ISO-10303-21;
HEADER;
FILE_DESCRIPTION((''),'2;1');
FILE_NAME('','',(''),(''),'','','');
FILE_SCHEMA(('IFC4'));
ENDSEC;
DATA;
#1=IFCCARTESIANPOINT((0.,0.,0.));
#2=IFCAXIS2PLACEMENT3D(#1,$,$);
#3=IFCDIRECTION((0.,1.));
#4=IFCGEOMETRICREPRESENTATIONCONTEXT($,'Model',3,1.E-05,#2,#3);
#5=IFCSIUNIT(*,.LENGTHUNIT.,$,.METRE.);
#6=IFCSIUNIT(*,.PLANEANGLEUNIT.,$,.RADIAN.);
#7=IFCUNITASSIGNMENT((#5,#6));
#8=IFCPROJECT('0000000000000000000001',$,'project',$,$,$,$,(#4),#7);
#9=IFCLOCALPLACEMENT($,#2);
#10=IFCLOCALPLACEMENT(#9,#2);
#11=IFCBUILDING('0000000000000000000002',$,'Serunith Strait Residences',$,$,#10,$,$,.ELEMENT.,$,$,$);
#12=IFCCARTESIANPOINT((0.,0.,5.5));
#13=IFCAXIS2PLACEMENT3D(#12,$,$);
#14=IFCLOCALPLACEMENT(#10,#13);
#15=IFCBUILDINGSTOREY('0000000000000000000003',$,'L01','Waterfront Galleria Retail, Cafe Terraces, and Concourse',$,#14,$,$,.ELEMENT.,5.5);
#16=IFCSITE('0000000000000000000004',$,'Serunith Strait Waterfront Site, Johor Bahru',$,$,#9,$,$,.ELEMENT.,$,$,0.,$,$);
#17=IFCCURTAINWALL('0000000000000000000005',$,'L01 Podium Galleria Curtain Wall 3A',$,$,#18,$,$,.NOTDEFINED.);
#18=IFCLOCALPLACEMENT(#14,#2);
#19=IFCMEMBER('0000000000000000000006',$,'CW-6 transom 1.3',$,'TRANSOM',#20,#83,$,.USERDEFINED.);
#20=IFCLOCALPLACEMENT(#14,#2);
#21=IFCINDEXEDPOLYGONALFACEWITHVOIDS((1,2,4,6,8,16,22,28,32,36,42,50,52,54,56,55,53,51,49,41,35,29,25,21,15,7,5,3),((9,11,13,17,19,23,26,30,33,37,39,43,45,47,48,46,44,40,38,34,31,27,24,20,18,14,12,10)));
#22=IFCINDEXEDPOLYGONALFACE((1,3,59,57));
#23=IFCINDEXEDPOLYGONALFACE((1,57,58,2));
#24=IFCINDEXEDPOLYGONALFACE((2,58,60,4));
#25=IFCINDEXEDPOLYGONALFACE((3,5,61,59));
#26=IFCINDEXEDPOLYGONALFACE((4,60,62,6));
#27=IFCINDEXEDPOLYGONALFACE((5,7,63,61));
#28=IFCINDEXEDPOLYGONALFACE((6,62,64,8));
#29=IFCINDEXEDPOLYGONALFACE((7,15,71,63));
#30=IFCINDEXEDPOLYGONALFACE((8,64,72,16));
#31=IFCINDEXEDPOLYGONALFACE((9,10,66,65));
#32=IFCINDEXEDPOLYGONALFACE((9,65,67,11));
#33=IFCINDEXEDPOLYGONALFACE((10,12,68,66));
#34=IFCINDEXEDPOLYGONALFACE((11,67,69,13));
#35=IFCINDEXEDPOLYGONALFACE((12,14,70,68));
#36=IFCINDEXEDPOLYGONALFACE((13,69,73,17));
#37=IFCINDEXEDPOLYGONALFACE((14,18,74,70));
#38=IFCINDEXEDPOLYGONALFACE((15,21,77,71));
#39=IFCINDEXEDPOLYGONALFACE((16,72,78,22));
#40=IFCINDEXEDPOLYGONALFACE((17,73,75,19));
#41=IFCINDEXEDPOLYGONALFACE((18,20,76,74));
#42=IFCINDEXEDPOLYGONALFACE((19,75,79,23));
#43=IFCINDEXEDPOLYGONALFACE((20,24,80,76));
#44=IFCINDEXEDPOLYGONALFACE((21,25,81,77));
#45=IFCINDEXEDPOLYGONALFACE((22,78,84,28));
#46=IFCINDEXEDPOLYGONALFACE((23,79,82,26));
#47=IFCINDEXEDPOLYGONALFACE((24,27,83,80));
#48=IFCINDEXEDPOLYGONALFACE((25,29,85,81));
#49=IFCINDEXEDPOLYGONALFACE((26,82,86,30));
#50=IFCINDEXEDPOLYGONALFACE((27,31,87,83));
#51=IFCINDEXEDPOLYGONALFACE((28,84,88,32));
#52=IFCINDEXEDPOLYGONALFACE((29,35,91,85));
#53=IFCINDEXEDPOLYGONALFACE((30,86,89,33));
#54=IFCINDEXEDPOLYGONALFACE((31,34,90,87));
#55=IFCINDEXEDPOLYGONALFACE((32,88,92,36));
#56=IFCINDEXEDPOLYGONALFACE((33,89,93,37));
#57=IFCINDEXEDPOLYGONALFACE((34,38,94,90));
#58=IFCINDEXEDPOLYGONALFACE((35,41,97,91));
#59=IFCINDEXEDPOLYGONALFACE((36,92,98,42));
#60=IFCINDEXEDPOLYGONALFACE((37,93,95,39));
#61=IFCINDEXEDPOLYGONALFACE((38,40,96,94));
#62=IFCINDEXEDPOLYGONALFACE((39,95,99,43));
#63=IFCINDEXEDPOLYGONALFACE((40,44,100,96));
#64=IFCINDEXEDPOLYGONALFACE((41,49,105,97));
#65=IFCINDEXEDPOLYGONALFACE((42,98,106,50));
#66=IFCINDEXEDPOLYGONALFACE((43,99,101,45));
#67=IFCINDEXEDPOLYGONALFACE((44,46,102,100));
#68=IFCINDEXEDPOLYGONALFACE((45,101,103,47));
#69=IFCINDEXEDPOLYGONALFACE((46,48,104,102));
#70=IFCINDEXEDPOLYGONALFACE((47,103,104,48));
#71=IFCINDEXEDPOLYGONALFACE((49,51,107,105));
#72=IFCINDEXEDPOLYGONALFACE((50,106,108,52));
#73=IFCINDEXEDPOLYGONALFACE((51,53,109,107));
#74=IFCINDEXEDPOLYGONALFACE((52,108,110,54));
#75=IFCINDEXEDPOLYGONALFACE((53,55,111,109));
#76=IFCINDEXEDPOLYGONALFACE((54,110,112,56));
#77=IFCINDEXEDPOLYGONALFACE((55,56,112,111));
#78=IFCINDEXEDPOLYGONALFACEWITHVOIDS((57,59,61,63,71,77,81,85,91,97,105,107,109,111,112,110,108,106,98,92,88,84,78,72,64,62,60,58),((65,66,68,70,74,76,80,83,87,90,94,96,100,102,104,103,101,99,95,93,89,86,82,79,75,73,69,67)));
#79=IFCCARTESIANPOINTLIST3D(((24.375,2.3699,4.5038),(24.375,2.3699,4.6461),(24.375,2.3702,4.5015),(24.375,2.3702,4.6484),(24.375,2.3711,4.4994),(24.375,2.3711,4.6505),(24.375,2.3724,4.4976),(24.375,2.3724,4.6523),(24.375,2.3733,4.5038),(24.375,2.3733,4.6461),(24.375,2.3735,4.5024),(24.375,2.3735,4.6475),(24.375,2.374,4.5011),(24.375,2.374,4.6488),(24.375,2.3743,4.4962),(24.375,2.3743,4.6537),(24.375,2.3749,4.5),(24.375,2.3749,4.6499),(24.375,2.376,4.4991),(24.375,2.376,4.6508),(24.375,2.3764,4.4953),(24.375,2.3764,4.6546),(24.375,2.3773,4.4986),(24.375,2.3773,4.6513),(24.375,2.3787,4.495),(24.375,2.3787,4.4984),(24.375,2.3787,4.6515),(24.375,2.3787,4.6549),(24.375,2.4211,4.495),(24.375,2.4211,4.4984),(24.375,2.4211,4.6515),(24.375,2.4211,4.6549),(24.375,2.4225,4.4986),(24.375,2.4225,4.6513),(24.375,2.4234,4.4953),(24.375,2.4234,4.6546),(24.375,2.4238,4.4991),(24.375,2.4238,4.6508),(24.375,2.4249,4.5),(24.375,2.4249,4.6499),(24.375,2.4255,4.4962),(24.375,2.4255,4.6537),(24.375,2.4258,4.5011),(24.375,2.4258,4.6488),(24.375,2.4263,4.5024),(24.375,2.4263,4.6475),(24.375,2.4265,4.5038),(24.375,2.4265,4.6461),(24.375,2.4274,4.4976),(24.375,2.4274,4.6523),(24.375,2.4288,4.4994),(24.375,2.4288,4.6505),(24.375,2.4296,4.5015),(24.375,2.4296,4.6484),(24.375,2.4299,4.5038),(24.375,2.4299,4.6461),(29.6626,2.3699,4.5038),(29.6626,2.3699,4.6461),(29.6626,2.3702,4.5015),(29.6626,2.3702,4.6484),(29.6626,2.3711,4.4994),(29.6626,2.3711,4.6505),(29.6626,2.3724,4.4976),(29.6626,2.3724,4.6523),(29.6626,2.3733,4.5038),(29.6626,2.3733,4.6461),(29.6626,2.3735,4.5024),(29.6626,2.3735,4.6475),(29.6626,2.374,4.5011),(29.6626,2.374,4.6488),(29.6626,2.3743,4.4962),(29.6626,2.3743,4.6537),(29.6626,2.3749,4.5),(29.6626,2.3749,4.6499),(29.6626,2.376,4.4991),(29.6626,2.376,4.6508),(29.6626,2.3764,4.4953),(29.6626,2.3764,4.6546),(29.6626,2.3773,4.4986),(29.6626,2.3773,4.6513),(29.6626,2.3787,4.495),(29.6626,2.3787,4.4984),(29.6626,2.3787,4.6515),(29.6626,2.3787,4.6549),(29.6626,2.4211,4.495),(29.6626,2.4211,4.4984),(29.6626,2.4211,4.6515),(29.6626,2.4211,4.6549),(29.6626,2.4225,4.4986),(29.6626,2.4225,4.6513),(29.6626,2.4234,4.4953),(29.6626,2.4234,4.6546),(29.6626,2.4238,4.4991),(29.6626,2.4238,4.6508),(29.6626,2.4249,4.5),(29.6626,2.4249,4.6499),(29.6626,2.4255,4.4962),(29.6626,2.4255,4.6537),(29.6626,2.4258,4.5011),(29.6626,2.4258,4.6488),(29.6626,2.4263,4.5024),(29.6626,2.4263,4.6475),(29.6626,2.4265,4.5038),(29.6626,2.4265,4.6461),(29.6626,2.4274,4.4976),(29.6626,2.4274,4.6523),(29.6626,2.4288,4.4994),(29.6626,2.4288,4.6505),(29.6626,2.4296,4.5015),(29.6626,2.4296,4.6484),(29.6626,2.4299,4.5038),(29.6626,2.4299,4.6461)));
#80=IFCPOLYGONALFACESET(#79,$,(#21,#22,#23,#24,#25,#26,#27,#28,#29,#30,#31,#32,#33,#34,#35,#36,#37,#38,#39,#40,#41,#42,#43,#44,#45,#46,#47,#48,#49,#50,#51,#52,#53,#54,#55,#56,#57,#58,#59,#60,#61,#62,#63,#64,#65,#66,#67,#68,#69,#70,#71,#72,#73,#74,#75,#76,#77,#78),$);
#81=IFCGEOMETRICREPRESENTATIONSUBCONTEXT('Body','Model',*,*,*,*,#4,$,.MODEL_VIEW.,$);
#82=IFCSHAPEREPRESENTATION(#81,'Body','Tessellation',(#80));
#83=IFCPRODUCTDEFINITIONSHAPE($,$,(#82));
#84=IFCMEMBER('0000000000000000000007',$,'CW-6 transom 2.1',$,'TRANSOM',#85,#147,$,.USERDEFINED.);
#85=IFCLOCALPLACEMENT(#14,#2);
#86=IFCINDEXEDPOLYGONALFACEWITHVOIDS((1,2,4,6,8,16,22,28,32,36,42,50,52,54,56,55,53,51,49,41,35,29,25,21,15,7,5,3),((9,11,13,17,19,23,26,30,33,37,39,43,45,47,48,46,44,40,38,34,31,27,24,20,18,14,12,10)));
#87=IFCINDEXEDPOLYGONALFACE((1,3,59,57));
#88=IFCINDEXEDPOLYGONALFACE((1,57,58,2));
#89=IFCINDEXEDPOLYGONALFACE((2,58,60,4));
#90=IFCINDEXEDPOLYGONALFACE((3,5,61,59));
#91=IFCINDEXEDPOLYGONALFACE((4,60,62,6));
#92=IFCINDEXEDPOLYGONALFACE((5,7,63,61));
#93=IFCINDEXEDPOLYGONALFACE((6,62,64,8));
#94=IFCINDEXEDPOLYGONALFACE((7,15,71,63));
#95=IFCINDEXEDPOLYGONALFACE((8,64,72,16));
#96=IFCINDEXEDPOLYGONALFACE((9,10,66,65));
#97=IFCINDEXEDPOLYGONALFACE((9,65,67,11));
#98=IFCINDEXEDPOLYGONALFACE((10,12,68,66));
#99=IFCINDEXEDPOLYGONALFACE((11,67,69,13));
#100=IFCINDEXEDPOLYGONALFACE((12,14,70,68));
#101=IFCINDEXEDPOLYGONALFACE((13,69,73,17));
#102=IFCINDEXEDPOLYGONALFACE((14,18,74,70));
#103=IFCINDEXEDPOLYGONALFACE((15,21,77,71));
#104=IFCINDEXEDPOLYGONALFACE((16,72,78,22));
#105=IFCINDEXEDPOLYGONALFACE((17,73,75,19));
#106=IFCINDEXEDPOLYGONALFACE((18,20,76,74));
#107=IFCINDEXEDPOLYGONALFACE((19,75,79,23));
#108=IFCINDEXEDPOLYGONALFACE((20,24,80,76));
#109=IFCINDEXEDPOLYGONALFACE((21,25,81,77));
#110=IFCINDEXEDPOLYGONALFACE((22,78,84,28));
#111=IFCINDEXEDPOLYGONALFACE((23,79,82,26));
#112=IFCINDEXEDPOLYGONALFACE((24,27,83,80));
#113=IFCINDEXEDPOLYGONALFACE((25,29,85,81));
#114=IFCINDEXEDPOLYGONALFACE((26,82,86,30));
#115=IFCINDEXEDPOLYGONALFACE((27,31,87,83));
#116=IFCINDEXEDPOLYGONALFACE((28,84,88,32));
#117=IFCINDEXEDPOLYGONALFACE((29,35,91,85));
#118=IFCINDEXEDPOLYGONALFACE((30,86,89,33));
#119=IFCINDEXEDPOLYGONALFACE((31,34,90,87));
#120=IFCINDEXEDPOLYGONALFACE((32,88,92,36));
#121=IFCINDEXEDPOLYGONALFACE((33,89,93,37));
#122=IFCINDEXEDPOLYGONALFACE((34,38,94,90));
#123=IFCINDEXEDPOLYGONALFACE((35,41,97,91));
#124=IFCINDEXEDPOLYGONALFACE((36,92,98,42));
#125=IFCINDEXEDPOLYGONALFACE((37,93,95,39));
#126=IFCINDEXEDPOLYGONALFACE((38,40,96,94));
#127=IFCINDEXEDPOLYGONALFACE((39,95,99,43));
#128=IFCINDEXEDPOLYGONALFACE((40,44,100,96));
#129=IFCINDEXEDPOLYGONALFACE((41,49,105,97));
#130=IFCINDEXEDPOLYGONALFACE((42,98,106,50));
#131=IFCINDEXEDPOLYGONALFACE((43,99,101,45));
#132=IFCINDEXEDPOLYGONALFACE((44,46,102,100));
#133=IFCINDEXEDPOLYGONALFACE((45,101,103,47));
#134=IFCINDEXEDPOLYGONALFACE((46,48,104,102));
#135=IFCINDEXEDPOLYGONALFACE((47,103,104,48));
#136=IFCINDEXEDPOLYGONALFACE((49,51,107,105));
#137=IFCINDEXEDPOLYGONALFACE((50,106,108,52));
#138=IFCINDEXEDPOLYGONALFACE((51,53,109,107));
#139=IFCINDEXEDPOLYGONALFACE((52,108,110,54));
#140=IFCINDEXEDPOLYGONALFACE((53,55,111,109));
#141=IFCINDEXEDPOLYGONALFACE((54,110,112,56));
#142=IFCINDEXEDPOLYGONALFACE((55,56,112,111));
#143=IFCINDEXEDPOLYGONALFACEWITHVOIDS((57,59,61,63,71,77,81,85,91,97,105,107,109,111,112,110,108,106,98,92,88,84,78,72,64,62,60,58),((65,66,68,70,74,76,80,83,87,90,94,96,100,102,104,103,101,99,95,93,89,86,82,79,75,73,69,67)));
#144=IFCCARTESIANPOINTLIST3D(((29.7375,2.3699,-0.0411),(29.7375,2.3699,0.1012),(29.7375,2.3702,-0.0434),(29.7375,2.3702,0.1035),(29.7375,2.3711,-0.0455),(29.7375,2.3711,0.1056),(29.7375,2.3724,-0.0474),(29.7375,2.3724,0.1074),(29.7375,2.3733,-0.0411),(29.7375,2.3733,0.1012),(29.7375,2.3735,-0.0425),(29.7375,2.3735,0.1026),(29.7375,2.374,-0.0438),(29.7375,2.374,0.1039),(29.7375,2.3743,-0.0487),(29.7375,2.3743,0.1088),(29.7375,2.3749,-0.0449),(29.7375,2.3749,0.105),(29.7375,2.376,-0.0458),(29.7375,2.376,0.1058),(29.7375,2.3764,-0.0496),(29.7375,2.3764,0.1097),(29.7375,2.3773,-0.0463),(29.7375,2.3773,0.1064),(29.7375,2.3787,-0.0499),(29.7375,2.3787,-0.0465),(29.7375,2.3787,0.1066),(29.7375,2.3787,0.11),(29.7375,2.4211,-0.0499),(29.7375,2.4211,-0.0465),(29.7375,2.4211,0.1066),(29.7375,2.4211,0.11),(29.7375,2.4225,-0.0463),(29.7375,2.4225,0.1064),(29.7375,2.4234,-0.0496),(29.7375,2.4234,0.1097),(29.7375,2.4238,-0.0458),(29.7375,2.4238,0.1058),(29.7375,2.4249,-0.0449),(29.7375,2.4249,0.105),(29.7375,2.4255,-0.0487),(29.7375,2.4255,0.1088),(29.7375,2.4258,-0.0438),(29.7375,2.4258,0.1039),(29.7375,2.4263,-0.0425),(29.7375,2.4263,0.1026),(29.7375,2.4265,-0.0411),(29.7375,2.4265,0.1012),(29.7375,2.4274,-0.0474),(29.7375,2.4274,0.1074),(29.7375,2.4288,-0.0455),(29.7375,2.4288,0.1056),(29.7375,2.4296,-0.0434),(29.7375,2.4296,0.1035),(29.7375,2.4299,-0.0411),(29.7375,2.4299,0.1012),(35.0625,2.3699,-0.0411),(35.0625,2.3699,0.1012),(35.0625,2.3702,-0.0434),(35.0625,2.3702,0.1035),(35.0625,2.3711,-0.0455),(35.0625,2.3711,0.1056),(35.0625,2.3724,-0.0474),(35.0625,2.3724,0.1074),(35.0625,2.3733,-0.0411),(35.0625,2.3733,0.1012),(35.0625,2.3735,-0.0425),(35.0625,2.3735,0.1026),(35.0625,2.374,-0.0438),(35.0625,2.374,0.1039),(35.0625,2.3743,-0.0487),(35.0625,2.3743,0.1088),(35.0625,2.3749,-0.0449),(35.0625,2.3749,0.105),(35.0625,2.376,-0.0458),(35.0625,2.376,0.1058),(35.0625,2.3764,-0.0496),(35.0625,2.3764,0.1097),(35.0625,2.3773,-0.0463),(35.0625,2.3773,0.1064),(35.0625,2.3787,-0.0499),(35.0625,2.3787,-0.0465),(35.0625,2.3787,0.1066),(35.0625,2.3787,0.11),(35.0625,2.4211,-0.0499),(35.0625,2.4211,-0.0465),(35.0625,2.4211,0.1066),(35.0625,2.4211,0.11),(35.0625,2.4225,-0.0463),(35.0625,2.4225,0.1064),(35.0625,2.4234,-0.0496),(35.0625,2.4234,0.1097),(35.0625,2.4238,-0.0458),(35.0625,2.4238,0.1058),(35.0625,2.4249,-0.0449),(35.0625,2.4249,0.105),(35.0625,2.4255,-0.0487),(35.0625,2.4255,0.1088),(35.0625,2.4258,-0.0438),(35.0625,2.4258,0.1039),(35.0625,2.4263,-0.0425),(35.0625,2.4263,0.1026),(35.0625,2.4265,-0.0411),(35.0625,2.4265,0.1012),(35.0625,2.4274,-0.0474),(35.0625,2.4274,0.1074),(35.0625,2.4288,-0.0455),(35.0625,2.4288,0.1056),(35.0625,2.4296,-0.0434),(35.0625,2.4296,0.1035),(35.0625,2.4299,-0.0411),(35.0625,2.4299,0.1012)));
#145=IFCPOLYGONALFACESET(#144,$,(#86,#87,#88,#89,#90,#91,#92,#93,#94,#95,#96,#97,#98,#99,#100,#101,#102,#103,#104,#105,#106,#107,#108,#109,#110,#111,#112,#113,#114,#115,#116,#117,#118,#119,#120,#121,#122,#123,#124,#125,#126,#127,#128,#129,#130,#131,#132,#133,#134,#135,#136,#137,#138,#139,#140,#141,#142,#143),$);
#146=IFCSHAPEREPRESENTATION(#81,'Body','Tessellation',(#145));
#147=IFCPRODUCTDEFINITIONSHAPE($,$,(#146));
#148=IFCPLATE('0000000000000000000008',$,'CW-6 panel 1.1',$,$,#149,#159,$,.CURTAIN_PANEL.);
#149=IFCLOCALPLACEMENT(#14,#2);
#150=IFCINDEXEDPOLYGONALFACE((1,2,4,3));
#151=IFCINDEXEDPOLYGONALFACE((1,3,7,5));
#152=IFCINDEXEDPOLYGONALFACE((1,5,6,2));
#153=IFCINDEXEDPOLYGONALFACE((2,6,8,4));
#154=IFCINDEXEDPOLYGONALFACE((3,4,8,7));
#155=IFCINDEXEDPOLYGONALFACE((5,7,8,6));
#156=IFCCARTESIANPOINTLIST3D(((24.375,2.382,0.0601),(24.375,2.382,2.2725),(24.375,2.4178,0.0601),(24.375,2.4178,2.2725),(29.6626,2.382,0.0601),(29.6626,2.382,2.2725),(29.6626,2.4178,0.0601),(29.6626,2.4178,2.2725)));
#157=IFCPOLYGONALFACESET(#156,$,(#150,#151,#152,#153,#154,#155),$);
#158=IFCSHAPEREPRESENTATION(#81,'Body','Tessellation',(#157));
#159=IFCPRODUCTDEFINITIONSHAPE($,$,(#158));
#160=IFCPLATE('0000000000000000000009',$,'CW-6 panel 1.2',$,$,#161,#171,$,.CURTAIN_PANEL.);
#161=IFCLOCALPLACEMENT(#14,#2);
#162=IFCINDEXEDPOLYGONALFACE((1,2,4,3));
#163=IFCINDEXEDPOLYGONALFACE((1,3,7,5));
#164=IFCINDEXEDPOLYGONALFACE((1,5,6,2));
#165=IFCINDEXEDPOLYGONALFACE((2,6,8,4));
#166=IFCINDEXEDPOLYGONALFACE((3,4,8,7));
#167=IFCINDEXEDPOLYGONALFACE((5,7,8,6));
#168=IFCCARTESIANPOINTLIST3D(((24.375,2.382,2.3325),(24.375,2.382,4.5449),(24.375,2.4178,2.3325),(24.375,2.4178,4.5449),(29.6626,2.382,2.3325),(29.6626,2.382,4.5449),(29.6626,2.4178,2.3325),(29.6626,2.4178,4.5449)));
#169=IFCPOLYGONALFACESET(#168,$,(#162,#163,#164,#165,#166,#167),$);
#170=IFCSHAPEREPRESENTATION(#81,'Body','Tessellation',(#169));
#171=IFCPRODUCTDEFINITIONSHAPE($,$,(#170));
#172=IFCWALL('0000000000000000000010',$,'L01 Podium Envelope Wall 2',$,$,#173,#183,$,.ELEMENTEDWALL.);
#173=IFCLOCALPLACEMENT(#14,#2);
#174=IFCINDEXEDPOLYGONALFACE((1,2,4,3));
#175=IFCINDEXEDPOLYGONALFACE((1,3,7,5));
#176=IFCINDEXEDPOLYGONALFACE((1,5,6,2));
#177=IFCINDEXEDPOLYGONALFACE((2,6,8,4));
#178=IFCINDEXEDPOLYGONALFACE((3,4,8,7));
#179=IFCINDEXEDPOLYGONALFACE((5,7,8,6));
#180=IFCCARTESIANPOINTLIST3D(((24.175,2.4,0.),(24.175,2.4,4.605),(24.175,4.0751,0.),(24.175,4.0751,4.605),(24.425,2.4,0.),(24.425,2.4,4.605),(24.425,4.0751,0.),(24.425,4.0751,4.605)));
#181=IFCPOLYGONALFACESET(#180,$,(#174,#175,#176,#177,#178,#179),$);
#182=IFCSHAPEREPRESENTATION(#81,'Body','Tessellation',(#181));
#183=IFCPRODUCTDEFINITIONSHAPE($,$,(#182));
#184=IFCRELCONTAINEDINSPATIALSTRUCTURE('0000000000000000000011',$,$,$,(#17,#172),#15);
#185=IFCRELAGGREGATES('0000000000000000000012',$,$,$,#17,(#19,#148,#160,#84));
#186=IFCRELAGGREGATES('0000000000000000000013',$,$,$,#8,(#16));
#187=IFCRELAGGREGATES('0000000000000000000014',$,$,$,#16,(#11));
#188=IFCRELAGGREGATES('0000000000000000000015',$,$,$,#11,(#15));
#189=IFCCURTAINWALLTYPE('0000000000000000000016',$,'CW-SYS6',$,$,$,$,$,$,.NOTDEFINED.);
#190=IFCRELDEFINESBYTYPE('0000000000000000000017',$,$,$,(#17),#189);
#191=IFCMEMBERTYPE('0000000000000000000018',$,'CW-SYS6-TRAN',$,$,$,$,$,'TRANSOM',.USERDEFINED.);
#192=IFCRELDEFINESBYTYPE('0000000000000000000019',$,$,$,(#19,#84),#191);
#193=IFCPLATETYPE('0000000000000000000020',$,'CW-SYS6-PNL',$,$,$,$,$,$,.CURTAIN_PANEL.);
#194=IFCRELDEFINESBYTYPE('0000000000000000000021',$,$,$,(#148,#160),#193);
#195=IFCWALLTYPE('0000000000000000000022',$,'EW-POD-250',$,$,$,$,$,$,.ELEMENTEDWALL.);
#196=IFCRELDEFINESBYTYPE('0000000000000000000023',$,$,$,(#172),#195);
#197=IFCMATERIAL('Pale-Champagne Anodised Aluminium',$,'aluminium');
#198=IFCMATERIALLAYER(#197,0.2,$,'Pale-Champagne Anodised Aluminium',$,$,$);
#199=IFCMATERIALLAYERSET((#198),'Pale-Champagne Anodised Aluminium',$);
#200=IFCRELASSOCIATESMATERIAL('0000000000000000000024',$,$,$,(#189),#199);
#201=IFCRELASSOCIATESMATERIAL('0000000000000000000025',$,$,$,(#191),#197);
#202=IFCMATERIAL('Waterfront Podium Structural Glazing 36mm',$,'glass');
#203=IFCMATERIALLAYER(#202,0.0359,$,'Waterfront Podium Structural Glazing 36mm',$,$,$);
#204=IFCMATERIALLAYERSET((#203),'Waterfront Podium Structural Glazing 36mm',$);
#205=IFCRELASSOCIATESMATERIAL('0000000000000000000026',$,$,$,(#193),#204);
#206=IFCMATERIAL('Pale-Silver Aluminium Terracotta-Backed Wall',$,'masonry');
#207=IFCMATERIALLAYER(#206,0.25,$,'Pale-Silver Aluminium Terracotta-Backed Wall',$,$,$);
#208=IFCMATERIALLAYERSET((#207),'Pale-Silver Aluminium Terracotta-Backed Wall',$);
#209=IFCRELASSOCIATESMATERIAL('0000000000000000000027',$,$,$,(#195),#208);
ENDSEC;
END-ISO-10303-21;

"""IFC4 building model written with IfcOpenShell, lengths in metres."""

from ifc_helpers import new_model, si_unit, direction, frame, frame_2d, origin, origin_2d, place, context, subcontext, project, spatial, rectangle, hollow_rectangle, extrude, source, transform, mapped, material, layer, layer_set, material_profile, profile_set, type_object, element, aggregate, save


model = new_model("IFC4")

# Units and contexts
model_context = context("Model", 3, precision=1e-05, world=origin(), true_north=direction((0.0, 1.0)))
body_context = subcontext(model_context, "Body", "Model", "MODEL_VIEW")
ifc_project = project(units=[si_unit("LENGTHUNIT", "METRE"), si_unit("PLANEANGLEUNIT", "RADIAN")], contexts=[model_context])

# Site, building, storey
site_placement = place(None, origin())
site = spatial("IfcSite", under=ifc_project, at=site_placement, Name="Serunith Strait Waterfront Site, Johor Bahru", CompositionType="ELEMENT", RefElevation=0.0)
building_placement = place(site_placement, origin())
building = spatial("IfcBuilding", under=site, at=building_placement, Name="Serunith Strait Residences", CompositionType="ELEMENT")
storey_placement = place(building_placement, frame((0.0, 0.0, 5.5)))
storey = spatial("IfcBuildingStorey", under=building, at=storey_placement, Name="L01", Description="Waterfront Galleria Retail, Cafe Terraces, and Concourse", CompositionType="ELEMENT", Elevation=5.5)

# Curtain wall, members, plates
ifc_material_1 = material(Name="Pale-Champagne Anodised Aluminium", Category="aluminium")
ifc_layer_1 = layer(ifc_material_1, 0.2, Name="Pale-Champagne Anodised Aluminium")
ifc_layer_set_1 = layer_set([ifc_layer_1], Name="Pale-Champagne Anodised Aluminium")
curtain_wall_type = type_object("IfcCurtainWallType", Name="CW-SYS6", PredefinedType="NOTDEFINED", material=ifc_layer_set_1)
curtain_wall_placement = place(storey_placement, origin())
curtain_wall = element("IfcCurtainWall", 1, at=curtain_wall_placement, inside=storey, type_object=curtain_wall_type, Name="L01 Podium Galleria Curtain Wall 3A", PredefinedType="NOTDEFINED")
ifc_material_profile_1 = material_profile(ifc_material_1, hollow_rectangle(XDim=0.0601, YDim=0.1599, WallThickness=0.0034, InnerFilletRadius=0.0054, OuterFilletRadius=0.0088, at=origin_2d()), Name="ALU 160x60x3.5")
ifc_profile_set_1 = profile_set([ifc_material_profile_1], Name="Pale-Champagne Anodised Aluminium")
member_type_1 = type_object("IfcMemberType", Name="CW-SYS6-TRAN", ElementType="TRANSOM", PredefinedType="USERDEFINED", material=ifc_profile_set_1)
shared_shape_1 = source(origin(), body_context, "Body", "SweptSolid", [
    extrude(hollow_rectangle(XDim=0.0601, YDim=0.1599, WallThickness=0.0034, InnerFilletRadius=0.0054, OuterFilletRadius=0.0088, at=origin_2d()), origin(), (0.0, 0.0, 1.0), 5.2876),
])
member_1_placement = place(storey_placement, frame((24.375, 2.3999, 4.575), z_axis=(1.0, 0.0, 0.0), x_axis=(0.0, 1.0, 0.0)))
member_1 = element("IfcMember", 2, at=member_1_placement, type_object=member_type_1, Name="CW-6 transom 1.3", ObjectType="TRANSOM", PredefinedType="USERDEFINED", context=body_context, shape_type="MappedRepresentation", body=[
    mapped(shared_shape_1, transform((0.0, 0.0, 0.0), scale=1.0)),
])
shared_shape_2 = source(origin(), body_context, "Body", "SweptSolid", [
    extrude(hollow_rectangle(XDim=0.0601, YDim=0.1599, WallThickness=0.0034, InnerFilletRadius=0.0054, OuterFilletRadius=0.0088, at=origin_2d()), origin(), (0.0, 0.0, 1.0), 5.325),
])
member_2_placement = place(storey_placement, frame((29.7375, 2.3999, 0.03), z_axis=(1.0, 0.0, 0.0), x_axis=(0.0, 1.0, 0.0)))
member_2 = element("IfcMember", 3, at=member_2_placement, type_object=member_type_1, Name="CW-6 transom 2.1", ObjectType="TRANSOM", PredefinedType="USERDEFINED", context=body_context, shape_type="MappedRepresentation", body=[
    mapped(shared_shape_2, transform((0.0, 0.0, 0.0), scale=1.0)),
])
ifc_material_2 = material(Name="Waterfront Podium Structural Glazing 36mm", Category="glass")
ifc_layer_2 = layer(ifc_material_2, 0.0359, Name="Waterfront Podium Structural Glazing 36mm")
ifc_layer_set_2 = layer_set([ifc_layer_2], Name="Waterfront Podium Structural Glazing 36mm")
plate_type = type_object("IfcPlateType", Name="CW-SYS6-PNL", PredefinedType="CURTAIN_PANEL", material=ifc_layer_set_2)
shared_shape_3 = source(origin(), body_context, "Body", "SweptSolid", [
    extrude(rectangle(XDim=5.2876, YDim=0.0359, at=origin_2d()), origin(), (0.0, 0.0, 1.0), 2.2124),
])
plate_1_placement = place(storey_placement, frame((27.0188, 2.3999, 0.0601), z_axis=(0.0, 0.0, 1.0), x_axis=(1.0, 0.0, 0.0)))
plate_1 = element("IfcPlate", 4, at=plate_1_placement, type_object=plate_type, Name="CW-6 panel 1.1", PredefinedType="CURTAIN_PANEL", context=body_context, shape_type="MappedRepresentation", body=[
    mapped(shared_shape_3, transform((0.0, 0.0, 0.0), scale=1.0)),
])
plate_2_placement = place(storey_placement, frame((27.0188, 2.3999, 2.3325), z_axis=(0.0, 0.0, 1.0), x_axis=(1.0, 0.0, 0.0)))
plate_2 = element("IfcPlate", 5, at=plate_2_placement, type_object=plate_type, Name="CW-6 panel 1.2", PredefinedType="CURTAIN_PANEL", context=body_context, shape_type="MappedRepresentation", body=[
    mapped(shared_shape_3, transform((0.0, 0.0, 0.0), scale=1.0)),
])
aggregate(curtain_wall, [member_1, plate_1, plate_2, member_2])

# Wall
ifc_material_3 = material(Name="Pale-Silver Aluminium Terracotta-Backed Wall", Category="masonry")
ifc_layer_3 = layer(ifc_material_3, 0.25, Name="Pale-Silver Aluminium Terracotta-Backed Wall")
ifc_layer_set_3 = layer_set([ifc_layer_3], Name="Pale-Silver Aluminium Terracotta-Backed Wall")
wall_type_1 = type_object("IfcWallType", Name="EW-POD-250", PredefinedType="ELEMENTEDWALL", material=ifc_layer_set_3)
wall_1_placement = place(storey_placement, frame((24.3, 4.075, 0.0), z_axis=(0.0, 0.0, 1.0), x_axis=(0.0, -1.0, 0.0)))
element("IfcWall", 6, at=wall_1_placement, inside=storey, type_object=wall_type_1, Name="L01 Podium Envelope Wall 2", PredefinedType="ELEMENTEDWALL", context=body_context, shape_type="SweptSolid", body=[
    extrude(rectangle(XDim=1.675, YDim=0.25, at=frame_2d((0.8374, 0.0))), origin(), (0.0, 0.0, 1.0), 4.605),
])

save(model, "model.ifc")
